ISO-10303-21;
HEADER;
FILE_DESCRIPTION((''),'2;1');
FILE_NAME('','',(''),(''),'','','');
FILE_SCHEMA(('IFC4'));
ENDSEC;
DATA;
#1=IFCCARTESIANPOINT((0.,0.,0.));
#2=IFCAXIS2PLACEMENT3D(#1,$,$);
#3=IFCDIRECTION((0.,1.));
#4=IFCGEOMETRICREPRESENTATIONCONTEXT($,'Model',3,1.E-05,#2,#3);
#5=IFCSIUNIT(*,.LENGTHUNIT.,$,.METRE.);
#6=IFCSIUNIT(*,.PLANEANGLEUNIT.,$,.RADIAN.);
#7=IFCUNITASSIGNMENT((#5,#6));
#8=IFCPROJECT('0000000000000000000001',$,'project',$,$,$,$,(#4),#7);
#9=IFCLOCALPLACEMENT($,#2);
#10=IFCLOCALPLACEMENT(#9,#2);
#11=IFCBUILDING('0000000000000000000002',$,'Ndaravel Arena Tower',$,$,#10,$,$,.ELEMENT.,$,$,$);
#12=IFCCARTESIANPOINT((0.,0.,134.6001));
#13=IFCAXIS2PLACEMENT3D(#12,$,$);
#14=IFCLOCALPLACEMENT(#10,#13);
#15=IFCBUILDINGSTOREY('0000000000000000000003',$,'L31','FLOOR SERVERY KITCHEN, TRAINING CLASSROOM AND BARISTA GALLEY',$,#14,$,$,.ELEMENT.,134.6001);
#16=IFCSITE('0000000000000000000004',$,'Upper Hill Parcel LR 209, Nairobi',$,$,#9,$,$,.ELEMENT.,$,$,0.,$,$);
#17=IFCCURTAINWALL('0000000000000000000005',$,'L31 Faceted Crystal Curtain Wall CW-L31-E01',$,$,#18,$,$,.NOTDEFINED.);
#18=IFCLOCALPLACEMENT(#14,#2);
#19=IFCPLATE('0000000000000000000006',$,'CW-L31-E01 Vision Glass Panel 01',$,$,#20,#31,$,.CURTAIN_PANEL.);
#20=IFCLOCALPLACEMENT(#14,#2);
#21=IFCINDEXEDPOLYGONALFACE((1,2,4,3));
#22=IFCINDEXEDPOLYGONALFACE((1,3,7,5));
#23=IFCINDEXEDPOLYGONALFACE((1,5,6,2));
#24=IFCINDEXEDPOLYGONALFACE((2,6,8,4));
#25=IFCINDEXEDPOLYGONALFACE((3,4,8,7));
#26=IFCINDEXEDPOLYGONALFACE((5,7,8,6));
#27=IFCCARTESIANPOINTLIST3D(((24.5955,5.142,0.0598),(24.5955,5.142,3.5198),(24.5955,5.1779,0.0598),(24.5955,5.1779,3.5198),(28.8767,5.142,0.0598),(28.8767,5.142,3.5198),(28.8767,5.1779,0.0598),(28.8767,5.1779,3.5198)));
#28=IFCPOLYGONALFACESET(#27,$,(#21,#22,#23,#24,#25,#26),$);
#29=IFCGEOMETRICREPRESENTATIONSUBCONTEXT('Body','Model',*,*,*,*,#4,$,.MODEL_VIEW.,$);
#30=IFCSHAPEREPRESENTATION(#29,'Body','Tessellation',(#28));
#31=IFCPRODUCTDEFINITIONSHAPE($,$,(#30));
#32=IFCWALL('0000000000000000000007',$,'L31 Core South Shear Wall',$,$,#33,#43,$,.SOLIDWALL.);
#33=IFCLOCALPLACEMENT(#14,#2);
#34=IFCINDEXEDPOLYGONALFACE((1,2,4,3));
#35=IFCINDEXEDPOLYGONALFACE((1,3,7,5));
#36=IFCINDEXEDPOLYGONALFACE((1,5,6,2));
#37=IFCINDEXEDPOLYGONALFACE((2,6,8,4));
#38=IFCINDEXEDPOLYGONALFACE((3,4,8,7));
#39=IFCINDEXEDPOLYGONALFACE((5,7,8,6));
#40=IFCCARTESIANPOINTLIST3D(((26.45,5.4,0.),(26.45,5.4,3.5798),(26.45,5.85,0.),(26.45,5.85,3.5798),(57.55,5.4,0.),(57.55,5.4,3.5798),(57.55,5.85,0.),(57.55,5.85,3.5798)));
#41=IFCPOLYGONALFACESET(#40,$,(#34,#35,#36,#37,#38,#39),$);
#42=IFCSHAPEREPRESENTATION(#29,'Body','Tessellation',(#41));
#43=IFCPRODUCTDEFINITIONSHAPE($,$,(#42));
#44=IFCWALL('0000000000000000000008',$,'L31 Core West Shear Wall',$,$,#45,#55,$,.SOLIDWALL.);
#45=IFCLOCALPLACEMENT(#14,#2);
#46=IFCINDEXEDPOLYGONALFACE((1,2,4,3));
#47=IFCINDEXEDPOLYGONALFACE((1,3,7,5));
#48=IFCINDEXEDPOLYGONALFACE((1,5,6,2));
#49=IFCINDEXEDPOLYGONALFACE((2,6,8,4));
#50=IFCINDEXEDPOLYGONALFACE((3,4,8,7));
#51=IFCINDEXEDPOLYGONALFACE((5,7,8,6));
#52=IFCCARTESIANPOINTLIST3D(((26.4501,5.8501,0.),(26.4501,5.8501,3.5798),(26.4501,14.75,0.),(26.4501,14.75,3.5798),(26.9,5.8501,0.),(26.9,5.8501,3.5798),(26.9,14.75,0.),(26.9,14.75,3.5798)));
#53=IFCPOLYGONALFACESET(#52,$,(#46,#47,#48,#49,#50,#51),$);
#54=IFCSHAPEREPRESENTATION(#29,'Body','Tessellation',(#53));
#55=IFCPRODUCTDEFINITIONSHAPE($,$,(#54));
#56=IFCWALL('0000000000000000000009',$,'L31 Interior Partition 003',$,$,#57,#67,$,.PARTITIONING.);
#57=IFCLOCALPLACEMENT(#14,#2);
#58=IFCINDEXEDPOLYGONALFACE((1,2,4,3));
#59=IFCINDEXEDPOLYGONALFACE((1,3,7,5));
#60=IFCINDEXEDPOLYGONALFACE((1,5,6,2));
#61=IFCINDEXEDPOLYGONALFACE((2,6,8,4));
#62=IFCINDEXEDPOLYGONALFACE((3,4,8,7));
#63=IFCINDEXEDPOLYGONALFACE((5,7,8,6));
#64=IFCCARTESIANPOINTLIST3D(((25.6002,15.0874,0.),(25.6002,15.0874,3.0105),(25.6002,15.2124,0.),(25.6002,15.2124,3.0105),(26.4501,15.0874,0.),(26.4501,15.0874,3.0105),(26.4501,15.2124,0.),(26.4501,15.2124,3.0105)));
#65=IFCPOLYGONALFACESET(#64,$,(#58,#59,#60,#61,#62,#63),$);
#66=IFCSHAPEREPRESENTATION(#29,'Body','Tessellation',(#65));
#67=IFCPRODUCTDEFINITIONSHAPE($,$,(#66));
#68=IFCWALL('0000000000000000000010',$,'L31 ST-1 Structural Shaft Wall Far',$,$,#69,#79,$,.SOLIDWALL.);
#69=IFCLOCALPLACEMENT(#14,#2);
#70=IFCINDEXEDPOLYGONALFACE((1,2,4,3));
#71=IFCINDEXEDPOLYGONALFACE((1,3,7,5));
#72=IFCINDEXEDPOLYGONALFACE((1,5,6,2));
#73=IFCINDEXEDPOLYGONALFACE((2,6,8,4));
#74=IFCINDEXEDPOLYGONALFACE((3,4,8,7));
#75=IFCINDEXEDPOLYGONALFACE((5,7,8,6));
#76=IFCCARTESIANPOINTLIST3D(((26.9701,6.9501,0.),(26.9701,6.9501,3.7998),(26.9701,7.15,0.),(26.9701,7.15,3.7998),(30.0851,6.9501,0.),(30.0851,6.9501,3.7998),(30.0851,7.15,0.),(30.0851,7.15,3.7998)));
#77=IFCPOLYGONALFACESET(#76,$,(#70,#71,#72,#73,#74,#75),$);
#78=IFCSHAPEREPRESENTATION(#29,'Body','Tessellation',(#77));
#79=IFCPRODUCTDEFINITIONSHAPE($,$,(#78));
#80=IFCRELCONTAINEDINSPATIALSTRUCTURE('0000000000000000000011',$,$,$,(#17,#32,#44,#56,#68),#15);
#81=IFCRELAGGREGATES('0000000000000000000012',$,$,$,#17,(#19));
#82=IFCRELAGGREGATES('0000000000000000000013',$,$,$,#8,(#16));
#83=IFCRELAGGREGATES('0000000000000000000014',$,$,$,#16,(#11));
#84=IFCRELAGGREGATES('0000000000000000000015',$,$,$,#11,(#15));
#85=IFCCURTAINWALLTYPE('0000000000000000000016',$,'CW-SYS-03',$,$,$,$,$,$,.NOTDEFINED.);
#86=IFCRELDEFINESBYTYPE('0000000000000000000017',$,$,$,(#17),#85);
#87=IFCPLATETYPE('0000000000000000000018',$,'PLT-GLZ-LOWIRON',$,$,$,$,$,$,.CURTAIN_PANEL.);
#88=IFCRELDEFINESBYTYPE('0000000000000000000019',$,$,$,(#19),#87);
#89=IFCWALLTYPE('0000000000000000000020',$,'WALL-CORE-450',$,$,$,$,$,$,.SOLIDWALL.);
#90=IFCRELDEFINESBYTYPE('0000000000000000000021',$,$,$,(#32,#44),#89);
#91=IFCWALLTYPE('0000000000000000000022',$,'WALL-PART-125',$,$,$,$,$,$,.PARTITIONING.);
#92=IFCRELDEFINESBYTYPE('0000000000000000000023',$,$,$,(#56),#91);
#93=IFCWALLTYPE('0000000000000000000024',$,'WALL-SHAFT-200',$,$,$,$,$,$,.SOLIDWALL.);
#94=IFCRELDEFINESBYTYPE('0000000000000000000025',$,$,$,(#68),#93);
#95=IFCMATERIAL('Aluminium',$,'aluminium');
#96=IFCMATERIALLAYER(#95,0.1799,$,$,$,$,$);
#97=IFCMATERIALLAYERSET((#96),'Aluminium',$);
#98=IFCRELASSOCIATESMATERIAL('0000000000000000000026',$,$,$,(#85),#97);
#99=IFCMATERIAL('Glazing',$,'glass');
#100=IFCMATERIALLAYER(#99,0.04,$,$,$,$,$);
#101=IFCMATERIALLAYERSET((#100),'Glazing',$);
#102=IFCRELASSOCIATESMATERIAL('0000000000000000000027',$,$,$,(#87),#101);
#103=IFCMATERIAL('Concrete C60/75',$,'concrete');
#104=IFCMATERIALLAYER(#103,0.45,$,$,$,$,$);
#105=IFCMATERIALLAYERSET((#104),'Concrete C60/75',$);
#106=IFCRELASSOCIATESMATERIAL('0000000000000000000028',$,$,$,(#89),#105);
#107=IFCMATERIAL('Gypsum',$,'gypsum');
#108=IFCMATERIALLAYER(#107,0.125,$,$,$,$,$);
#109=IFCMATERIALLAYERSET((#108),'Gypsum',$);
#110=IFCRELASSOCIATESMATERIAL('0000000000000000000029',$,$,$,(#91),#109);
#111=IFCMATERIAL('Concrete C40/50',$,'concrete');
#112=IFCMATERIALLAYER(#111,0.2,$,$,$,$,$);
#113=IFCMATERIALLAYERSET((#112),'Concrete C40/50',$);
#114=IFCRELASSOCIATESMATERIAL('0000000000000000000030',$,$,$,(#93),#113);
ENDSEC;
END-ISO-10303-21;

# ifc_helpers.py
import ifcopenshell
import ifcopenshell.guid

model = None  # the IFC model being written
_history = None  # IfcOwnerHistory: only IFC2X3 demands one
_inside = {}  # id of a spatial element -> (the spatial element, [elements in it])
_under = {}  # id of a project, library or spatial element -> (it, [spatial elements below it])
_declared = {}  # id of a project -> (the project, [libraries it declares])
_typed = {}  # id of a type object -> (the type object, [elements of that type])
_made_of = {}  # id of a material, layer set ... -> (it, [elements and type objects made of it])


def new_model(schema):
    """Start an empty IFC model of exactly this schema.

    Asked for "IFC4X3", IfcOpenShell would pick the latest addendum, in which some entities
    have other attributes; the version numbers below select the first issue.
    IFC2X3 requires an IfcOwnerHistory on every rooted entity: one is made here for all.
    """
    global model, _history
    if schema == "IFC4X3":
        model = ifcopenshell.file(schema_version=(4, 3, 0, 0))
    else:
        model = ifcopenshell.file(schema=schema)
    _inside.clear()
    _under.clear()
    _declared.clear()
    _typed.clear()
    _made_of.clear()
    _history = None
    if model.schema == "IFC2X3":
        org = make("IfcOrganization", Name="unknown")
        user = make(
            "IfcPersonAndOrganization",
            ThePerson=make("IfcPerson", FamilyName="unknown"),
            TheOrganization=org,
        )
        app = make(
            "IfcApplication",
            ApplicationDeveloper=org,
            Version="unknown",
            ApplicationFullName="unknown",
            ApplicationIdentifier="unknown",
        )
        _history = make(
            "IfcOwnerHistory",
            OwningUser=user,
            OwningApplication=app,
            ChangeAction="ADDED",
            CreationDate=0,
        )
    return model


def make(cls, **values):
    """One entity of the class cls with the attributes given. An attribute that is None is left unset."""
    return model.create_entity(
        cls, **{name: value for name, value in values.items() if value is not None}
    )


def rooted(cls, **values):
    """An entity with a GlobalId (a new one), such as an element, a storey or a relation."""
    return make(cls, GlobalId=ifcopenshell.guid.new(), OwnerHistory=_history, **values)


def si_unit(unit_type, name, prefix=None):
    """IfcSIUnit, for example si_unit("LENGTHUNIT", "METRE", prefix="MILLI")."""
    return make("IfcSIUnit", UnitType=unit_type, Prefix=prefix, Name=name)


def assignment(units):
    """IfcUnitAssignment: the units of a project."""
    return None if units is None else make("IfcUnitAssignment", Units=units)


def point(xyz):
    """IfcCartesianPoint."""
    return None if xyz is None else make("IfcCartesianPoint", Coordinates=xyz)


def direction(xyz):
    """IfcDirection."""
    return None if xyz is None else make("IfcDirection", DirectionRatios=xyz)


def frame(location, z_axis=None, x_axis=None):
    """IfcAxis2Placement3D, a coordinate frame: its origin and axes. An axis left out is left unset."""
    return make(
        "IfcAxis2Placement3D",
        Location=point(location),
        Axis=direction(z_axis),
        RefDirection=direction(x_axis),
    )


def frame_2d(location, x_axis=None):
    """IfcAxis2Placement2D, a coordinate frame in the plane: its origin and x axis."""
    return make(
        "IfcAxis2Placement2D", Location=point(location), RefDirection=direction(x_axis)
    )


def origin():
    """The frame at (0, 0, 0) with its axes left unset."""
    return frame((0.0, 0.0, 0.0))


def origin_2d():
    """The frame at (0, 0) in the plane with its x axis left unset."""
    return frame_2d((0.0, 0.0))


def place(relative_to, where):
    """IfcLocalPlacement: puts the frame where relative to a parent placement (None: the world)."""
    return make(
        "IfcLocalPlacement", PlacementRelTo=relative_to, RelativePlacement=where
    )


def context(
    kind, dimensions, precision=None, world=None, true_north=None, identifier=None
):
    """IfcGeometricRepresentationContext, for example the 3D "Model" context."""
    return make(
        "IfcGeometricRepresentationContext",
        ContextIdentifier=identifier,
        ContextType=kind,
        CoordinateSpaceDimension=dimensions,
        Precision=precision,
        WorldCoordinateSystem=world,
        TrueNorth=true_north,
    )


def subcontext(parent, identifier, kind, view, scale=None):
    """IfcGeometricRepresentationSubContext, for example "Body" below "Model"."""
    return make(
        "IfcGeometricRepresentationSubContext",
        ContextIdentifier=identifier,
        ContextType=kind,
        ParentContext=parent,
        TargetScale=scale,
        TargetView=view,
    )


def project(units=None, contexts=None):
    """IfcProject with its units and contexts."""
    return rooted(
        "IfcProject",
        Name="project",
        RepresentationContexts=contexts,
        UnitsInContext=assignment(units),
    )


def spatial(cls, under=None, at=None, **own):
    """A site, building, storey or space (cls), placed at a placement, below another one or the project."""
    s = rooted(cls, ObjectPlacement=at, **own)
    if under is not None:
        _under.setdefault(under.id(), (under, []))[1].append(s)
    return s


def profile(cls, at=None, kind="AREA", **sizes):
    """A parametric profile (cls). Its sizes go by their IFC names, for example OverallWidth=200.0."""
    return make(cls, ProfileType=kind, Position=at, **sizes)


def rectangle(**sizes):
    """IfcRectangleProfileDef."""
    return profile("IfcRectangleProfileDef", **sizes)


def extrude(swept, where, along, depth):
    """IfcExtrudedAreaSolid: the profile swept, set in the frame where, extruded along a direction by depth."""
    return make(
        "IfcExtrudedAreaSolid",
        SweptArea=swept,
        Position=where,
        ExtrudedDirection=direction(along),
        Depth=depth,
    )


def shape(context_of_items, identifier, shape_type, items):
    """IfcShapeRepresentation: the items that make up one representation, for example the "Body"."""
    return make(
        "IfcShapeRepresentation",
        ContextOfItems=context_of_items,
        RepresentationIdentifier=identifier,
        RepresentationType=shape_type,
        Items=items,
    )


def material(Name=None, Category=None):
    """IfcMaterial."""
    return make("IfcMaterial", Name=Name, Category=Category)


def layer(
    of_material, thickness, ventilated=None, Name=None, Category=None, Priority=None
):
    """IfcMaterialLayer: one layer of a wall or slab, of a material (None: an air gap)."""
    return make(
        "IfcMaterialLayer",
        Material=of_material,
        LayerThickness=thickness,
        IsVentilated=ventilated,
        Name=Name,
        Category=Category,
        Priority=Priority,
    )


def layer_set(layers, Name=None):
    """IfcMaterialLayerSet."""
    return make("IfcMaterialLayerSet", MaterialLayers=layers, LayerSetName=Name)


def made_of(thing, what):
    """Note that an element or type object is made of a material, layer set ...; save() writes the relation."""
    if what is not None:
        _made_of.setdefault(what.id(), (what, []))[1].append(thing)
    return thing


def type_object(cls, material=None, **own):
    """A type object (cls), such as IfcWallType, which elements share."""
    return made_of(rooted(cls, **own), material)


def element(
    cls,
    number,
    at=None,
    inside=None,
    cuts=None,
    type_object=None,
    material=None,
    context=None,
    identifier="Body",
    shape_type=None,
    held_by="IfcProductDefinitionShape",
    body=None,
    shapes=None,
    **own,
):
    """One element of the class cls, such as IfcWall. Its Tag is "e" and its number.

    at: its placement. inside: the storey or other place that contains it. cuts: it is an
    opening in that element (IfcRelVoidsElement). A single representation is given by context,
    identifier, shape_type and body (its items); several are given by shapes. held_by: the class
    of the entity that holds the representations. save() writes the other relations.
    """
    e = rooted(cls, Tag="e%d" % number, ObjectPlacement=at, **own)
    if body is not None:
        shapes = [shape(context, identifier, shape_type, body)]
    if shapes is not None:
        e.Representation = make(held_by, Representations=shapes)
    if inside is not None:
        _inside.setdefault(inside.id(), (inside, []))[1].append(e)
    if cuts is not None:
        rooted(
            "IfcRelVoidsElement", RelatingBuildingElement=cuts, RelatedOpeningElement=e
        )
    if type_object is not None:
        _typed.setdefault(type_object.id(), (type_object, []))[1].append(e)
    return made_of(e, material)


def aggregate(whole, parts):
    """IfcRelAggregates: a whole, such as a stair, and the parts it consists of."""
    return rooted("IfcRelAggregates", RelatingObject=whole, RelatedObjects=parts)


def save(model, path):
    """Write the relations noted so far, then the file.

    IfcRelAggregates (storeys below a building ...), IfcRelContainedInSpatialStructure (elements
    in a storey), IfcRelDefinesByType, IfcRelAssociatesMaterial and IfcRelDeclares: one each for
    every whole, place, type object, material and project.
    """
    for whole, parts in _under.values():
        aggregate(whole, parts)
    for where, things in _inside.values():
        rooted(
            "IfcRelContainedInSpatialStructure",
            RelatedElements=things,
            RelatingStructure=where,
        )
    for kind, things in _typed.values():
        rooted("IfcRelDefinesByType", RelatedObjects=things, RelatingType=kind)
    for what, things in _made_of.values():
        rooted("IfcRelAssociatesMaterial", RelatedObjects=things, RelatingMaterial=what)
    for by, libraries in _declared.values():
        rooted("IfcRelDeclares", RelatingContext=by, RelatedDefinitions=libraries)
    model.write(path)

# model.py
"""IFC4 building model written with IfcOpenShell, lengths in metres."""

from ifc_helpers import new_model, si_unit, direction, frame, frame_2d, origin, origin_2d, place, context, subcontext, project, spatial, rectangle, extrude, material, layer, layer_set, type_object, element, aggregate, save


model = new_model("IFC4")

# Units and contexts
model_context = context("Model", 3, precision=1e-05, world=origin(), true_north=direction((0.0, 1.0)))
body_context = subcontext(model_context, "Body", "Model", "MODEL_VIEW")
ifc_project = project(units=[si_unit("LENGTHUNIT", "METRE"), si_unit("PLANEANGLEUNIT", "RADIAN")], contexts=[model_context])

# Site, building, storey
site_placement = place(None, origin())
site = spatial("IfcSite", under=ifc_project, at=site_placement, Name="Upper Hill Parcel LR 209, Nairobi", CompositionType="ELEMENT", RefElevation=0.0)
building_placement = place(site_placement, origin())
building = spatial("IfcBuilding", under=site, at=building_placement, Name="Ndaravel Arena Tower", CompositionType="ELEMENT")
storey_placement = place(building_placement, frame((0.0, 0.0, 134.6001)))
storey = spatial("IfcBuildingStorey", under=building, at=storey_placement, Name="L31", Description="FLOOR SERVERY KITCHEN, TRAINING CLASSROOM AND BARISTA GALLEY", CompositionType="ELEMENT", Elevation=134.6001)

# Curtain wall
ifc_material_1 = material(Name="Aluminium", Category="aluminium")
ifc_layer_1 = layer(ifc_material_1, 0.1799)
ifc_layer_set_1 = layer_set([ifc_layer_1], Name="Aluminium")
curtain_wall_type_1 = type_object("IfcCurtainWallType", Name="CW-SYS-03", PredefinedType="NOTDEFINED", material=ifc_layer_set_1)
curtain_wall_1_placement = place(storey_placement, origin())
curtain_wall_1 = element("IfcCurtainWall", 1, at=curtain_wall_1_placement, inside=storey, type_object=curtain_wall_type_1, Name="L31 Faceted Crystal Curtain Wall CW-L31-E01", PredefinedType="NOTDEFINED")

# Plate
ifc_material_2 = material(Name="Glazing", Category="glass")
ifc_layer_2 = layer(ifc_material_2, 0.04)
ifc_layer_set_2 = layer_set([ifc_layer_2], Name="Glazing")
plate_type_1 = type_object("IfcPlateType", Name="PLT-GLZ-LOWIRON", PredefinedType="CURTAIN_PANEL", material=ifc_layer_set_2)
plate_1_placement = place(storey_placement, frame((26.7361, 5.1599, 0.0598), z_axis=(0.0, 0.0, 1.0), x_axis=(1.0, 0.0, 0.0)))
plate_1 = element("IfcPlate", 2, at=plate_1_placement, type_object=plate_type_1, Name="CW-L31-E01 Vision Glass Panel 01", PredefinedType="CURTAIN_PANEL", context=body_context, shape_type="SweptSolid", body=[
    extrude(rectangle(XDim=4.2812, YDim=0.0359, at=origin_2d()), origin(), (0.0, 0.0, 1.0), 3.46),
])
aggregate(curtain_wall_1, [plate_1])

# Shared definitions
ifc_material_3 = material(Name="Concrete C60/75", Category="concrete")
ifc_layer_3 = layer(ifc_material_3, 0.45)
ifc_layer_set_3 = layer_set([ifc_layer_3], Name="Concrete C60/75")
wall_type_1 = type_object("IfcWallType", Name="WALL-CORE-450", PredefinedType="SOLIDWALL", material=ifc_layer_set_3)

# Walls
wall_1_placement = place(storey_placement, frame((26.45, 5.625, 0.0), z_axis=(0.0, 0.0, 1.0), x_axis=(1.0, 0.0, 0.0)))
element("IfcWall", 3, at=wall_1_placement, inside=storey, type_object=wall_type_1, Name="L31 Core South Shear Wall", PredefinedType="SOLIDWALL", context=body_context, shape_type="SweptSolid", body=[
    extrude(rectangle(XDim=31.1001, YDim=0.45, at=frame_2d((15.55, 0.0))), origin(), (0.0, 0.0, 1.0), 3.5798),
])
wall_2_placement = place(storey_placement, frame((26.675, 5.8501, 0.0), z_axis=(0.0, 0.0, 1.0), x_axis=(0.0, 1.0, 0.0)))
element("IfcWall", 4, at=wall_2_placement, inside=storey, type_object=wall_type_1, Name="L31 Core West Shear Wall", PredefinedType="SOLIDWALL", context=body_context, shape_type="SweptSolid", body=[
    extrude(rectangle(XDim=8.8999, YDim=0.45, at=frame_2d((4.45, 0.0))), origin(), (0.0, 0.0, 1.0), 3.5798),
])
ifc_material_4 = material(Name="Gypsum", Category="gypsum")
ifc_layer_4 = layer(ifc_material_4, 0.125)
ifc_layer_set_4 = layer_set([ifc_layer_4], Name="Gypsum")
wall_type_2 = type_object("IfcWallType", Name="WALL-PART-125", PredefinedType="PARTITIONING", material=ifc_layer_set_4)
wall_3_placement = place(storey_placement, frame((26.45, 15.1499, 0.0), z_axis=(0.0, 0.0, 1.0), x_axis=(-1.0, 0.0, 0.0)))
element("IfcWall", 5, at=wall_3_placement, inside=storey, type_object=wall_type_2, Name="L31 Interior Partition 003", PredefinedType="PARTITIONING", context=body_context, shape_type="SweptSolid", body=[
    extrude(rectangle(XDim=0.8499, YDim=0.125, at=frame_2d((0.4248, 0.0))), origin(), (0.0, 0.0, 1.0), 3.0105),
])
ifc_material_5 = material(Name="Concrete C40/50", Category="concrete")
ifc_layer_5 = layer(ifc_material_5, 0.2)
ifc_layer_set_5 = layer_set([ifc_layer_5], Name="Concrete C40/50")
wall_type_3 = type_object("IfcWallType", Name="WALL-SHAFT-200", PredefinedType="SOLIDWALL", material=ifc_layer_set_5)
wall_4_placement = place(storey_placement, frame((26.97, 7.05, 0.0), z_axis=(0.0, 0.0, 1.0), x_axis=(1.0, 0.0, 0.0)))
element("IfcWall", 6, at=wall_4_placement, inside=storey, type_object=wall_type_3, Name="L31 ST-1 Structural Shaft Wall Far", PredefinedType="SOLIDWALL", context=body_context, shape_type="SweptSolid", body=[
    extrude(rectangle(XDim=3.115, YDim=0.2, at=frame_2d((1.5576, 0.0))), origin(), (0.0, 0.0, 1.0), 3.7998),
])

save(model, "model.ifc")
